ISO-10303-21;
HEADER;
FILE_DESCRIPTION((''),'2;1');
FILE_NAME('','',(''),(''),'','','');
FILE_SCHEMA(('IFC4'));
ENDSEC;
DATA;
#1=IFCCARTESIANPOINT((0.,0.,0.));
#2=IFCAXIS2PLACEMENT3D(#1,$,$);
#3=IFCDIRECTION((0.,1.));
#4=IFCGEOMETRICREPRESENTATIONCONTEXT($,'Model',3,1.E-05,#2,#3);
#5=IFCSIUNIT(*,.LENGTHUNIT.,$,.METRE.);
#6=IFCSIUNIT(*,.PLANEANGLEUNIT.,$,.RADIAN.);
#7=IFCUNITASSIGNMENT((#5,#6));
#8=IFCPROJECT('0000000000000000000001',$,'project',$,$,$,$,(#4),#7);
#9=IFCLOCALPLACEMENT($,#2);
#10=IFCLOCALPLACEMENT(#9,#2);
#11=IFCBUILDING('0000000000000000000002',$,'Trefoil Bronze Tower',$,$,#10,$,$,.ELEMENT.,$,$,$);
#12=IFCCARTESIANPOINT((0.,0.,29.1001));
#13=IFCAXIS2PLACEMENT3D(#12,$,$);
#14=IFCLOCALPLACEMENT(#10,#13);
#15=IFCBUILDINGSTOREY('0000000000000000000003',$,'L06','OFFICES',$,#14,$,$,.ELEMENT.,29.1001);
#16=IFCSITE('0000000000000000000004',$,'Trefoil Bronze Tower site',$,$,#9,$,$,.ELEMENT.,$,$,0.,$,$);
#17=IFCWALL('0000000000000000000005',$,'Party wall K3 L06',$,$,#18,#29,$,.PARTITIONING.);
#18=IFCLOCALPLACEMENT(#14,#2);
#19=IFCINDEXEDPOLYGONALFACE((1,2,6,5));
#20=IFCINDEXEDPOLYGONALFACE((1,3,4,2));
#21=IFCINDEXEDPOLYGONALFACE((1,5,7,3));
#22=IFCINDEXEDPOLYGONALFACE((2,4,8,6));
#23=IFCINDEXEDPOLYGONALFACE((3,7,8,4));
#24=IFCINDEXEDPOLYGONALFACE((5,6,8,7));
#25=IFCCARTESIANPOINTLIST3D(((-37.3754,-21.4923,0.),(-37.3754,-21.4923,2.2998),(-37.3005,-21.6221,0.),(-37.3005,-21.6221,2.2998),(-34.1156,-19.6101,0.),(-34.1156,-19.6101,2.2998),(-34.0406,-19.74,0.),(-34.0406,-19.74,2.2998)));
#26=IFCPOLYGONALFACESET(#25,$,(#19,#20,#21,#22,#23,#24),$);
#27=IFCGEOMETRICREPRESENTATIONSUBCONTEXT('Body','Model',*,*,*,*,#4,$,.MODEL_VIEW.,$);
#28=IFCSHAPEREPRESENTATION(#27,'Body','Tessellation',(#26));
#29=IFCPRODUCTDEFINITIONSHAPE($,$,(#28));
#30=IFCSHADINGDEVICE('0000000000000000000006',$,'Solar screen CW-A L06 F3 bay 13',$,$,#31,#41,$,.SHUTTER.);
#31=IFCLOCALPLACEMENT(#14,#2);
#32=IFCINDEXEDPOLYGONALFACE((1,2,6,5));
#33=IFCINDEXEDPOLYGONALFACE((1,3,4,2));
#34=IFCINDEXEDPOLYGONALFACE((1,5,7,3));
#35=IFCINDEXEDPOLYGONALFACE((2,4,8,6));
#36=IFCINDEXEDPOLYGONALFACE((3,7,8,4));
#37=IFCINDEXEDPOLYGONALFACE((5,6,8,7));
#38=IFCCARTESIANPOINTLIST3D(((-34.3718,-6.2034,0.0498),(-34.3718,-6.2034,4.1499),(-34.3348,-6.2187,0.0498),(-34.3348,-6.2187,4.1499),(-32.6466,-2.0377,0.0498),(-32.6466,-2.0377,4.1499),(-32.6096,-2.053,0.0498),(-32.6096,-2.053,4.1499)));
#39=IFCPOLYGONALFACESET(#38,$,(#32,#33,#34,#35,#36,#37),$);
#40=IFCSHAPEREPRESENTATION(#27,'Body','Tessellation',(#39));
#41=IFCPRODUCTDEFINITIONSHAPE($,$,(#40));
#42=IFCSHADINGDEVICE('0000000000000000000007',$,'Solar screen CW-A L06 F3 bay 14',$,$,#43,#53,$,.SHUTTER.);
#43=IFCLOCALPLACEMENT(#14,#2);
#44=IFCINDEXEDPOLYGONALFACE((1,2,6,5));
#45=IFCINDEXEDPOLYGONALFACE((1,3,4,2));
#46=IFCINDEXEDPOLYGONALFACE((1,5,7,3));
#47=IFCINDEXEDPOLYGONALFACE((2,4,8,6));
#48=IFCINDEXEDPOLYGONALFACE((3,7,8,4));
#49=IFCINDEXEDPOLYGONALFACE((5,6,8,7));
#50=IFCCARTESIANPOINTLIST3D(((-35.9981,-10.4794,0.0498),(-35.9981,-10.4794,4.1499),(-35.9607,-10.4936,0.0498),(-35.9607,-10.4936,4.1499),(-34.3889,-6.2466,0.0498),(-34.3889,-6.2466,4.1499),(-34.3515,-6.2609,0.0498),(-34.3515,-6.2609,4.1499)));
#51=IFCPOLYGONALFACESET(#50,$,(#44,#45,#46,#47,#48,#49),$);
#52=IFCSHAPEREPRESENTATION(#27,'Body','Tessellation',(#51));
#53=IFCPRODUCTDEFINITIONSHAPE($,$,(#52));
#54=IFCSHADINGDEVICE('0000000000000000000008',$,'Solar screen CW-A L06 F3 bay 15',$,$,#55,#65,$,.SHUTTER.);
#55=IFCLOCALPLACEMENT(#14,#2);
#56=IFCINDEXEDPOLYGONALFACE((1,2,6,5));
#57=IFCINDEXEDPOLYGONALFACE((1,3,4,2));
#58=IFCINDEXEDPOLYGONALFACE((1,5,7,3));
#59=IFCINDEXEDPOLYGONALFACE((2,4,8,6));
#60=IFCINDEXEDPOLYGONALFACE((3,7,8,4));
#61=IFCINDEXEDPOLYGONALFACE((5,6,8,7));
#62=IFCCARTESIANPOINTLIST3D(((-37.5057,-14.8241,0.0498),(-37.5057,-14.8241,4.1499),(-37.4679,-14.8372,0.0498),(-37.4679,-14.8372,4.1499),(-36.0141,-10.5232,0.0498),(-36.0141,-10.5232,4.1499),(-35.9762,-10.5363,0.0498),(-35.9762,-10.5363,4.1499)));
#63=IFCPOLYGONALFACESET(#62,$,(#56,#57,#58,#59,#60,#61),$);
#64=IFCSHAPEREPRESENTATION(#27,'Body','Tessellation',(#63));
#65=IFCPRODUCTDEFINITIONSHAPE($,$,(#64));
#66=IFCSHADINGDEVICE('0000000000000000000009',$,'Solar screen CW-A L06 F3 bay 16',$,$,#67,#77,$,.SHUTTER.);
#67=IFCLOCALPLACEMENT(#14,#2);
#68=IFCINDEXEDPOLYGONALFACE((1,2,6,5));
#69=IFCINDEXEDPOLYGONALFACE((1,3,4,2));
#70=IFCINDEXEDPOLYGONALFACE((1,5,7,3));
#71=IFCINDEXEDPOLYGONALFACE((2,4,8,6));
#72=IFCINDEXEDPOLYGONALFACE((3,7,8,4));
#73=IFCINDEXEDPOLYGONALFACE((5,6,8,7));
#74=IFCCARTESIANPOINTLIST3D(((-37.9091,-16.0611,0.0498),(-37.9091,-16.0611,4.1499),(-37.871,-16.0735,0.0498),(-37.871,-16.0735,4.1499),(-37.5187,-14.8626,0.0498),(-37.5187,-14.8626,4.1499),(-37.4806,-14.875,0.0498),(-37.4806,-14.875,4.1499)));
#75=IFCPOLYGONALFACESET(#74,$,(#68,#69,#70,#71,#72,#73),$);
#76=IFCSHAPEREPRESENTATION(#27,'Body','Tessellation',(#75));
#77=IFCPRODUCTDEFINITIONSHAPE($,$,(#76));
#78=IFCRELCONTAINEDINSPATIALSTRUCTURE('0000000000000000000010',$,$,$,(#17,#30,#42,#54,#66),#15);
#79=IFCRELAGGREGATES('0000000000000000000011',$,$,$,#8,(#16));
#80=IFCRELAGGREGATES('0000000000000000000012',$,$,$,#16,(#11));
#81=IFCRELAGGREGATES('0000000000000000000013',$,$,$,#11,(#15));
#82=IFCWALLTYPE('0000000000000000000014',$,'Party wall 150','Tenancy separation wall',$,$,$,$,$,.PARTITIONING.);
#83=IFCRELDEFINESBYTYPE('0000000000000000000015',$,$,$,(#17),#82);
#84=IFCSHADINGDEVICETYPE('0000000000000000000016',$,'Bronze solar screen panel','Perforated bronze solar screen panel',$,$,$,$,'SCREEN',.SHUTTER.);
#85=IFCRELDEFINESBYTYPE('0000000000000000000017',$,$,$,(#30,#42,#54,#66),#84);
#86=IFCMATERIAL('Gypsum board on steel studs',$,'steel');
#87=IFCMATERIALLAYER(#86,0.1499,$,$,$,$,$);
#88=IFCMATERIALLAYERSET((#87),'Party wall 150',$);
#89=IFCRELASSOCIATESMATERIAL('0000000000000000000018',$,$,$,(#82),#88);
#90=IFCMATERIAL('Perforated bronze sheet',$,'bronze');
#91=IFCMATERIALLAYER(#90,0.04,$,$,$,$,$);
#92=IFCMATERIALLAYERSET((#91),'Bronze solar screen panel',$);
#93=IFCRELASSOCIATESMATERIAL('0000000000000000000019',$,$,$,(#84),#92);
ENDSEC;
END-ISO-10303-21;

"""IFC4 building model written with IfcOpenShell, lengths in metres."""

from ifc_helpers import new_model, si_unit, direction, frame, frame_2d, origin, origin_2d, place, context, subcontext, project, spatial, rectangle, extrude, material, layer, layer_set, type_object, element, save


model = new_model("IFC4")

# Units and contexts
model_context = context("Model", 3, precision=1e-05, world=origin(), true_north=direction((0.0, 1.0)))
body_context = subcontext(model_context, "Body", "Model", "MODEL_VIEW")
ifc_project = project(units=[si_unit("LENGTHUNIT", "METRE"), si_unit("PLANEANGLEUNIT", "RADIAN")], contexts=[model_context])

# Site, building, storey
site_placement = place(None, origin())
site = spatial("IfcSite", under=ifc_project, at=site_placement, Name="Trefoil Bronze Tower site", CompositionType="ELEMENT", RefElevation=0.0)
building_placement = place(site_placement, origin())
building = spatial("IfcBuilding", under=site, at=building_placement, Name="Trefoil Bronze Tower", CompositionType="ELEMENT")
storey_placement = place(building_placement, frame((0.0, 0.0, 29.1001)))
storey = spatial("IfcBuildingStorey", under=building, at=storey_placement, Name="L06", Description="OFFICES", CompositionType="ELEMENT", Elevation=29.1001)

# Wall
ifc_material_1 = material(Name="Gypsum board on steel studs", Category="steel")
ifc_layer_1 = layer(ifc_material_1, 0.1499)
ifc_layer_set_1 = layer_set([ifc_layer_1], Name="Party wall 150")
wall_type_1 = type_object("IfcWallType", Name="Party wall 150", Description="Tenancy separation wall", PredefinedType="PARTITIONING", material=ifc_layer_set_1)
wall_1_placement = place(storey_placement, frame((-34.0781, -19.675, 0.0), z_axis=(0.0, 0.0, 1.0), x_axis=(-0.866019, -0.500011, 0.0)))
element("IfcWall", 1, at=wall_1_placement, inside=storey, type_object=wall_type_1, Name="Party wall K3 L06", PredefinedType="PARTITIONING", context=body_context, shape_type="SweptSolid", body=[
    extrude(rectangle(XDim=3.7642, YDim=0.1499, at=frame_2d((1.8821, 0.0))), origin(), (0.0, 0.0, 1.0), 2.2998),
])

# Shading devices
ifc_material_2 = material(Name="Perforated bronze sheet", Category="bronze")
ifc_layer_2 = layer(ifc_material_2, 0.04)
ifc_layer_set_2 = layer_set([ifc_layer_2], Name="Bronze solar screen panel")
shading_device_type = type_object("IfcShadingDeviceType", Name="Bronze solar screen panel", Description="Perforated bronze solar screen panel", ElementType="SCREEN", PredefinedType="SHUTTER", material=ifc_layer_set_2)
shading_device_1_placement = place(storey_placement, frame((-33.4907, -4.1282, 0.0498), z_axis=(0.0, 0.0, 1.0), x_axis=(-0.38263, -0.923902, 0.0)))
element("IfcShadingDevice", 2, at=shading_device_1_placement, inside=storey, type_object=shading_device_type, Name="Solar screen CW-A L06 F3 bay 13", PredefinedType="SHUTTER", context=body_context, shape_type="SweptSolid", body=[
    extrude(rectangle(XDim=4.5088, YDim=0.04, at=origin_2d()), origin(), (0.0, 0.0, 1.0), 4.1001),
])
shading_device_2_placement = place(storey_placement, frame((-35.1748, -8.3701, 0.0498), z_axis=(0.0, 0.0, 1.0), x_axis=(-0.355371, -0.934725, 0.0)))
element("IfcShadingDevice", 3, at=shading_device_2_placement, inside=storey, type_object=shading_device_type, Name="Solar screen CW-A L06 F3 bay 14", PredefinedType="SHUTTER", context=body_context, shape_type="SweptSolid", body=[
    extrude(rectangle(XDim=4.5283, YDim=0.04, at=origin_2d()), origin(), (0.0, 0.0, 1.0), 4.1001),
])
shading_device_3_placement = place(storey_placement, frame((-36.741, -12.6802, 0.0498), z_axis=(0.0, 0.0, 1.0), x_axis=(-0.327674, -0.944791, 0.0)))
element("IfcShadingDevice", 4, at=shading_device_3_placement, inside=storey, type_object=shading_device_type, Name="Solar screen CW-A L06 F3 bay 15", PredefinedType="SHUTTER", context=body_context, shape_type="SweptSolid", body=[
    extrude(rectangle(XDim=4.5522, YDim=0.04, at=origin_2d()), origin(), (0.0, 0.0, 1.0), 4.1001),
])
shading_device_4_placement = place(storey_placement, frame((-37.6948, -15.468, 0.0498), z_axis=(0.0, 0.0, 1.0), x_axis=(-0.309728, -0.950825, 0.0)))
element("IfcShadingDevice", 5, at=shading_device_4_placement, inside=storey, type_object=shading_device_type, Name="Solar screen CW-A L06 F3 bay 16", PredefinedType="SHUTTER", context=body_context, shape_type="SweptSolid", body=[
    extrude(rectangle(XDim=1.2605, YDim=0.04, at=origin_2d()), origin(), (0.0, 0.0, 1.0), 4.1001),
])

save(model, "model.ifc")
